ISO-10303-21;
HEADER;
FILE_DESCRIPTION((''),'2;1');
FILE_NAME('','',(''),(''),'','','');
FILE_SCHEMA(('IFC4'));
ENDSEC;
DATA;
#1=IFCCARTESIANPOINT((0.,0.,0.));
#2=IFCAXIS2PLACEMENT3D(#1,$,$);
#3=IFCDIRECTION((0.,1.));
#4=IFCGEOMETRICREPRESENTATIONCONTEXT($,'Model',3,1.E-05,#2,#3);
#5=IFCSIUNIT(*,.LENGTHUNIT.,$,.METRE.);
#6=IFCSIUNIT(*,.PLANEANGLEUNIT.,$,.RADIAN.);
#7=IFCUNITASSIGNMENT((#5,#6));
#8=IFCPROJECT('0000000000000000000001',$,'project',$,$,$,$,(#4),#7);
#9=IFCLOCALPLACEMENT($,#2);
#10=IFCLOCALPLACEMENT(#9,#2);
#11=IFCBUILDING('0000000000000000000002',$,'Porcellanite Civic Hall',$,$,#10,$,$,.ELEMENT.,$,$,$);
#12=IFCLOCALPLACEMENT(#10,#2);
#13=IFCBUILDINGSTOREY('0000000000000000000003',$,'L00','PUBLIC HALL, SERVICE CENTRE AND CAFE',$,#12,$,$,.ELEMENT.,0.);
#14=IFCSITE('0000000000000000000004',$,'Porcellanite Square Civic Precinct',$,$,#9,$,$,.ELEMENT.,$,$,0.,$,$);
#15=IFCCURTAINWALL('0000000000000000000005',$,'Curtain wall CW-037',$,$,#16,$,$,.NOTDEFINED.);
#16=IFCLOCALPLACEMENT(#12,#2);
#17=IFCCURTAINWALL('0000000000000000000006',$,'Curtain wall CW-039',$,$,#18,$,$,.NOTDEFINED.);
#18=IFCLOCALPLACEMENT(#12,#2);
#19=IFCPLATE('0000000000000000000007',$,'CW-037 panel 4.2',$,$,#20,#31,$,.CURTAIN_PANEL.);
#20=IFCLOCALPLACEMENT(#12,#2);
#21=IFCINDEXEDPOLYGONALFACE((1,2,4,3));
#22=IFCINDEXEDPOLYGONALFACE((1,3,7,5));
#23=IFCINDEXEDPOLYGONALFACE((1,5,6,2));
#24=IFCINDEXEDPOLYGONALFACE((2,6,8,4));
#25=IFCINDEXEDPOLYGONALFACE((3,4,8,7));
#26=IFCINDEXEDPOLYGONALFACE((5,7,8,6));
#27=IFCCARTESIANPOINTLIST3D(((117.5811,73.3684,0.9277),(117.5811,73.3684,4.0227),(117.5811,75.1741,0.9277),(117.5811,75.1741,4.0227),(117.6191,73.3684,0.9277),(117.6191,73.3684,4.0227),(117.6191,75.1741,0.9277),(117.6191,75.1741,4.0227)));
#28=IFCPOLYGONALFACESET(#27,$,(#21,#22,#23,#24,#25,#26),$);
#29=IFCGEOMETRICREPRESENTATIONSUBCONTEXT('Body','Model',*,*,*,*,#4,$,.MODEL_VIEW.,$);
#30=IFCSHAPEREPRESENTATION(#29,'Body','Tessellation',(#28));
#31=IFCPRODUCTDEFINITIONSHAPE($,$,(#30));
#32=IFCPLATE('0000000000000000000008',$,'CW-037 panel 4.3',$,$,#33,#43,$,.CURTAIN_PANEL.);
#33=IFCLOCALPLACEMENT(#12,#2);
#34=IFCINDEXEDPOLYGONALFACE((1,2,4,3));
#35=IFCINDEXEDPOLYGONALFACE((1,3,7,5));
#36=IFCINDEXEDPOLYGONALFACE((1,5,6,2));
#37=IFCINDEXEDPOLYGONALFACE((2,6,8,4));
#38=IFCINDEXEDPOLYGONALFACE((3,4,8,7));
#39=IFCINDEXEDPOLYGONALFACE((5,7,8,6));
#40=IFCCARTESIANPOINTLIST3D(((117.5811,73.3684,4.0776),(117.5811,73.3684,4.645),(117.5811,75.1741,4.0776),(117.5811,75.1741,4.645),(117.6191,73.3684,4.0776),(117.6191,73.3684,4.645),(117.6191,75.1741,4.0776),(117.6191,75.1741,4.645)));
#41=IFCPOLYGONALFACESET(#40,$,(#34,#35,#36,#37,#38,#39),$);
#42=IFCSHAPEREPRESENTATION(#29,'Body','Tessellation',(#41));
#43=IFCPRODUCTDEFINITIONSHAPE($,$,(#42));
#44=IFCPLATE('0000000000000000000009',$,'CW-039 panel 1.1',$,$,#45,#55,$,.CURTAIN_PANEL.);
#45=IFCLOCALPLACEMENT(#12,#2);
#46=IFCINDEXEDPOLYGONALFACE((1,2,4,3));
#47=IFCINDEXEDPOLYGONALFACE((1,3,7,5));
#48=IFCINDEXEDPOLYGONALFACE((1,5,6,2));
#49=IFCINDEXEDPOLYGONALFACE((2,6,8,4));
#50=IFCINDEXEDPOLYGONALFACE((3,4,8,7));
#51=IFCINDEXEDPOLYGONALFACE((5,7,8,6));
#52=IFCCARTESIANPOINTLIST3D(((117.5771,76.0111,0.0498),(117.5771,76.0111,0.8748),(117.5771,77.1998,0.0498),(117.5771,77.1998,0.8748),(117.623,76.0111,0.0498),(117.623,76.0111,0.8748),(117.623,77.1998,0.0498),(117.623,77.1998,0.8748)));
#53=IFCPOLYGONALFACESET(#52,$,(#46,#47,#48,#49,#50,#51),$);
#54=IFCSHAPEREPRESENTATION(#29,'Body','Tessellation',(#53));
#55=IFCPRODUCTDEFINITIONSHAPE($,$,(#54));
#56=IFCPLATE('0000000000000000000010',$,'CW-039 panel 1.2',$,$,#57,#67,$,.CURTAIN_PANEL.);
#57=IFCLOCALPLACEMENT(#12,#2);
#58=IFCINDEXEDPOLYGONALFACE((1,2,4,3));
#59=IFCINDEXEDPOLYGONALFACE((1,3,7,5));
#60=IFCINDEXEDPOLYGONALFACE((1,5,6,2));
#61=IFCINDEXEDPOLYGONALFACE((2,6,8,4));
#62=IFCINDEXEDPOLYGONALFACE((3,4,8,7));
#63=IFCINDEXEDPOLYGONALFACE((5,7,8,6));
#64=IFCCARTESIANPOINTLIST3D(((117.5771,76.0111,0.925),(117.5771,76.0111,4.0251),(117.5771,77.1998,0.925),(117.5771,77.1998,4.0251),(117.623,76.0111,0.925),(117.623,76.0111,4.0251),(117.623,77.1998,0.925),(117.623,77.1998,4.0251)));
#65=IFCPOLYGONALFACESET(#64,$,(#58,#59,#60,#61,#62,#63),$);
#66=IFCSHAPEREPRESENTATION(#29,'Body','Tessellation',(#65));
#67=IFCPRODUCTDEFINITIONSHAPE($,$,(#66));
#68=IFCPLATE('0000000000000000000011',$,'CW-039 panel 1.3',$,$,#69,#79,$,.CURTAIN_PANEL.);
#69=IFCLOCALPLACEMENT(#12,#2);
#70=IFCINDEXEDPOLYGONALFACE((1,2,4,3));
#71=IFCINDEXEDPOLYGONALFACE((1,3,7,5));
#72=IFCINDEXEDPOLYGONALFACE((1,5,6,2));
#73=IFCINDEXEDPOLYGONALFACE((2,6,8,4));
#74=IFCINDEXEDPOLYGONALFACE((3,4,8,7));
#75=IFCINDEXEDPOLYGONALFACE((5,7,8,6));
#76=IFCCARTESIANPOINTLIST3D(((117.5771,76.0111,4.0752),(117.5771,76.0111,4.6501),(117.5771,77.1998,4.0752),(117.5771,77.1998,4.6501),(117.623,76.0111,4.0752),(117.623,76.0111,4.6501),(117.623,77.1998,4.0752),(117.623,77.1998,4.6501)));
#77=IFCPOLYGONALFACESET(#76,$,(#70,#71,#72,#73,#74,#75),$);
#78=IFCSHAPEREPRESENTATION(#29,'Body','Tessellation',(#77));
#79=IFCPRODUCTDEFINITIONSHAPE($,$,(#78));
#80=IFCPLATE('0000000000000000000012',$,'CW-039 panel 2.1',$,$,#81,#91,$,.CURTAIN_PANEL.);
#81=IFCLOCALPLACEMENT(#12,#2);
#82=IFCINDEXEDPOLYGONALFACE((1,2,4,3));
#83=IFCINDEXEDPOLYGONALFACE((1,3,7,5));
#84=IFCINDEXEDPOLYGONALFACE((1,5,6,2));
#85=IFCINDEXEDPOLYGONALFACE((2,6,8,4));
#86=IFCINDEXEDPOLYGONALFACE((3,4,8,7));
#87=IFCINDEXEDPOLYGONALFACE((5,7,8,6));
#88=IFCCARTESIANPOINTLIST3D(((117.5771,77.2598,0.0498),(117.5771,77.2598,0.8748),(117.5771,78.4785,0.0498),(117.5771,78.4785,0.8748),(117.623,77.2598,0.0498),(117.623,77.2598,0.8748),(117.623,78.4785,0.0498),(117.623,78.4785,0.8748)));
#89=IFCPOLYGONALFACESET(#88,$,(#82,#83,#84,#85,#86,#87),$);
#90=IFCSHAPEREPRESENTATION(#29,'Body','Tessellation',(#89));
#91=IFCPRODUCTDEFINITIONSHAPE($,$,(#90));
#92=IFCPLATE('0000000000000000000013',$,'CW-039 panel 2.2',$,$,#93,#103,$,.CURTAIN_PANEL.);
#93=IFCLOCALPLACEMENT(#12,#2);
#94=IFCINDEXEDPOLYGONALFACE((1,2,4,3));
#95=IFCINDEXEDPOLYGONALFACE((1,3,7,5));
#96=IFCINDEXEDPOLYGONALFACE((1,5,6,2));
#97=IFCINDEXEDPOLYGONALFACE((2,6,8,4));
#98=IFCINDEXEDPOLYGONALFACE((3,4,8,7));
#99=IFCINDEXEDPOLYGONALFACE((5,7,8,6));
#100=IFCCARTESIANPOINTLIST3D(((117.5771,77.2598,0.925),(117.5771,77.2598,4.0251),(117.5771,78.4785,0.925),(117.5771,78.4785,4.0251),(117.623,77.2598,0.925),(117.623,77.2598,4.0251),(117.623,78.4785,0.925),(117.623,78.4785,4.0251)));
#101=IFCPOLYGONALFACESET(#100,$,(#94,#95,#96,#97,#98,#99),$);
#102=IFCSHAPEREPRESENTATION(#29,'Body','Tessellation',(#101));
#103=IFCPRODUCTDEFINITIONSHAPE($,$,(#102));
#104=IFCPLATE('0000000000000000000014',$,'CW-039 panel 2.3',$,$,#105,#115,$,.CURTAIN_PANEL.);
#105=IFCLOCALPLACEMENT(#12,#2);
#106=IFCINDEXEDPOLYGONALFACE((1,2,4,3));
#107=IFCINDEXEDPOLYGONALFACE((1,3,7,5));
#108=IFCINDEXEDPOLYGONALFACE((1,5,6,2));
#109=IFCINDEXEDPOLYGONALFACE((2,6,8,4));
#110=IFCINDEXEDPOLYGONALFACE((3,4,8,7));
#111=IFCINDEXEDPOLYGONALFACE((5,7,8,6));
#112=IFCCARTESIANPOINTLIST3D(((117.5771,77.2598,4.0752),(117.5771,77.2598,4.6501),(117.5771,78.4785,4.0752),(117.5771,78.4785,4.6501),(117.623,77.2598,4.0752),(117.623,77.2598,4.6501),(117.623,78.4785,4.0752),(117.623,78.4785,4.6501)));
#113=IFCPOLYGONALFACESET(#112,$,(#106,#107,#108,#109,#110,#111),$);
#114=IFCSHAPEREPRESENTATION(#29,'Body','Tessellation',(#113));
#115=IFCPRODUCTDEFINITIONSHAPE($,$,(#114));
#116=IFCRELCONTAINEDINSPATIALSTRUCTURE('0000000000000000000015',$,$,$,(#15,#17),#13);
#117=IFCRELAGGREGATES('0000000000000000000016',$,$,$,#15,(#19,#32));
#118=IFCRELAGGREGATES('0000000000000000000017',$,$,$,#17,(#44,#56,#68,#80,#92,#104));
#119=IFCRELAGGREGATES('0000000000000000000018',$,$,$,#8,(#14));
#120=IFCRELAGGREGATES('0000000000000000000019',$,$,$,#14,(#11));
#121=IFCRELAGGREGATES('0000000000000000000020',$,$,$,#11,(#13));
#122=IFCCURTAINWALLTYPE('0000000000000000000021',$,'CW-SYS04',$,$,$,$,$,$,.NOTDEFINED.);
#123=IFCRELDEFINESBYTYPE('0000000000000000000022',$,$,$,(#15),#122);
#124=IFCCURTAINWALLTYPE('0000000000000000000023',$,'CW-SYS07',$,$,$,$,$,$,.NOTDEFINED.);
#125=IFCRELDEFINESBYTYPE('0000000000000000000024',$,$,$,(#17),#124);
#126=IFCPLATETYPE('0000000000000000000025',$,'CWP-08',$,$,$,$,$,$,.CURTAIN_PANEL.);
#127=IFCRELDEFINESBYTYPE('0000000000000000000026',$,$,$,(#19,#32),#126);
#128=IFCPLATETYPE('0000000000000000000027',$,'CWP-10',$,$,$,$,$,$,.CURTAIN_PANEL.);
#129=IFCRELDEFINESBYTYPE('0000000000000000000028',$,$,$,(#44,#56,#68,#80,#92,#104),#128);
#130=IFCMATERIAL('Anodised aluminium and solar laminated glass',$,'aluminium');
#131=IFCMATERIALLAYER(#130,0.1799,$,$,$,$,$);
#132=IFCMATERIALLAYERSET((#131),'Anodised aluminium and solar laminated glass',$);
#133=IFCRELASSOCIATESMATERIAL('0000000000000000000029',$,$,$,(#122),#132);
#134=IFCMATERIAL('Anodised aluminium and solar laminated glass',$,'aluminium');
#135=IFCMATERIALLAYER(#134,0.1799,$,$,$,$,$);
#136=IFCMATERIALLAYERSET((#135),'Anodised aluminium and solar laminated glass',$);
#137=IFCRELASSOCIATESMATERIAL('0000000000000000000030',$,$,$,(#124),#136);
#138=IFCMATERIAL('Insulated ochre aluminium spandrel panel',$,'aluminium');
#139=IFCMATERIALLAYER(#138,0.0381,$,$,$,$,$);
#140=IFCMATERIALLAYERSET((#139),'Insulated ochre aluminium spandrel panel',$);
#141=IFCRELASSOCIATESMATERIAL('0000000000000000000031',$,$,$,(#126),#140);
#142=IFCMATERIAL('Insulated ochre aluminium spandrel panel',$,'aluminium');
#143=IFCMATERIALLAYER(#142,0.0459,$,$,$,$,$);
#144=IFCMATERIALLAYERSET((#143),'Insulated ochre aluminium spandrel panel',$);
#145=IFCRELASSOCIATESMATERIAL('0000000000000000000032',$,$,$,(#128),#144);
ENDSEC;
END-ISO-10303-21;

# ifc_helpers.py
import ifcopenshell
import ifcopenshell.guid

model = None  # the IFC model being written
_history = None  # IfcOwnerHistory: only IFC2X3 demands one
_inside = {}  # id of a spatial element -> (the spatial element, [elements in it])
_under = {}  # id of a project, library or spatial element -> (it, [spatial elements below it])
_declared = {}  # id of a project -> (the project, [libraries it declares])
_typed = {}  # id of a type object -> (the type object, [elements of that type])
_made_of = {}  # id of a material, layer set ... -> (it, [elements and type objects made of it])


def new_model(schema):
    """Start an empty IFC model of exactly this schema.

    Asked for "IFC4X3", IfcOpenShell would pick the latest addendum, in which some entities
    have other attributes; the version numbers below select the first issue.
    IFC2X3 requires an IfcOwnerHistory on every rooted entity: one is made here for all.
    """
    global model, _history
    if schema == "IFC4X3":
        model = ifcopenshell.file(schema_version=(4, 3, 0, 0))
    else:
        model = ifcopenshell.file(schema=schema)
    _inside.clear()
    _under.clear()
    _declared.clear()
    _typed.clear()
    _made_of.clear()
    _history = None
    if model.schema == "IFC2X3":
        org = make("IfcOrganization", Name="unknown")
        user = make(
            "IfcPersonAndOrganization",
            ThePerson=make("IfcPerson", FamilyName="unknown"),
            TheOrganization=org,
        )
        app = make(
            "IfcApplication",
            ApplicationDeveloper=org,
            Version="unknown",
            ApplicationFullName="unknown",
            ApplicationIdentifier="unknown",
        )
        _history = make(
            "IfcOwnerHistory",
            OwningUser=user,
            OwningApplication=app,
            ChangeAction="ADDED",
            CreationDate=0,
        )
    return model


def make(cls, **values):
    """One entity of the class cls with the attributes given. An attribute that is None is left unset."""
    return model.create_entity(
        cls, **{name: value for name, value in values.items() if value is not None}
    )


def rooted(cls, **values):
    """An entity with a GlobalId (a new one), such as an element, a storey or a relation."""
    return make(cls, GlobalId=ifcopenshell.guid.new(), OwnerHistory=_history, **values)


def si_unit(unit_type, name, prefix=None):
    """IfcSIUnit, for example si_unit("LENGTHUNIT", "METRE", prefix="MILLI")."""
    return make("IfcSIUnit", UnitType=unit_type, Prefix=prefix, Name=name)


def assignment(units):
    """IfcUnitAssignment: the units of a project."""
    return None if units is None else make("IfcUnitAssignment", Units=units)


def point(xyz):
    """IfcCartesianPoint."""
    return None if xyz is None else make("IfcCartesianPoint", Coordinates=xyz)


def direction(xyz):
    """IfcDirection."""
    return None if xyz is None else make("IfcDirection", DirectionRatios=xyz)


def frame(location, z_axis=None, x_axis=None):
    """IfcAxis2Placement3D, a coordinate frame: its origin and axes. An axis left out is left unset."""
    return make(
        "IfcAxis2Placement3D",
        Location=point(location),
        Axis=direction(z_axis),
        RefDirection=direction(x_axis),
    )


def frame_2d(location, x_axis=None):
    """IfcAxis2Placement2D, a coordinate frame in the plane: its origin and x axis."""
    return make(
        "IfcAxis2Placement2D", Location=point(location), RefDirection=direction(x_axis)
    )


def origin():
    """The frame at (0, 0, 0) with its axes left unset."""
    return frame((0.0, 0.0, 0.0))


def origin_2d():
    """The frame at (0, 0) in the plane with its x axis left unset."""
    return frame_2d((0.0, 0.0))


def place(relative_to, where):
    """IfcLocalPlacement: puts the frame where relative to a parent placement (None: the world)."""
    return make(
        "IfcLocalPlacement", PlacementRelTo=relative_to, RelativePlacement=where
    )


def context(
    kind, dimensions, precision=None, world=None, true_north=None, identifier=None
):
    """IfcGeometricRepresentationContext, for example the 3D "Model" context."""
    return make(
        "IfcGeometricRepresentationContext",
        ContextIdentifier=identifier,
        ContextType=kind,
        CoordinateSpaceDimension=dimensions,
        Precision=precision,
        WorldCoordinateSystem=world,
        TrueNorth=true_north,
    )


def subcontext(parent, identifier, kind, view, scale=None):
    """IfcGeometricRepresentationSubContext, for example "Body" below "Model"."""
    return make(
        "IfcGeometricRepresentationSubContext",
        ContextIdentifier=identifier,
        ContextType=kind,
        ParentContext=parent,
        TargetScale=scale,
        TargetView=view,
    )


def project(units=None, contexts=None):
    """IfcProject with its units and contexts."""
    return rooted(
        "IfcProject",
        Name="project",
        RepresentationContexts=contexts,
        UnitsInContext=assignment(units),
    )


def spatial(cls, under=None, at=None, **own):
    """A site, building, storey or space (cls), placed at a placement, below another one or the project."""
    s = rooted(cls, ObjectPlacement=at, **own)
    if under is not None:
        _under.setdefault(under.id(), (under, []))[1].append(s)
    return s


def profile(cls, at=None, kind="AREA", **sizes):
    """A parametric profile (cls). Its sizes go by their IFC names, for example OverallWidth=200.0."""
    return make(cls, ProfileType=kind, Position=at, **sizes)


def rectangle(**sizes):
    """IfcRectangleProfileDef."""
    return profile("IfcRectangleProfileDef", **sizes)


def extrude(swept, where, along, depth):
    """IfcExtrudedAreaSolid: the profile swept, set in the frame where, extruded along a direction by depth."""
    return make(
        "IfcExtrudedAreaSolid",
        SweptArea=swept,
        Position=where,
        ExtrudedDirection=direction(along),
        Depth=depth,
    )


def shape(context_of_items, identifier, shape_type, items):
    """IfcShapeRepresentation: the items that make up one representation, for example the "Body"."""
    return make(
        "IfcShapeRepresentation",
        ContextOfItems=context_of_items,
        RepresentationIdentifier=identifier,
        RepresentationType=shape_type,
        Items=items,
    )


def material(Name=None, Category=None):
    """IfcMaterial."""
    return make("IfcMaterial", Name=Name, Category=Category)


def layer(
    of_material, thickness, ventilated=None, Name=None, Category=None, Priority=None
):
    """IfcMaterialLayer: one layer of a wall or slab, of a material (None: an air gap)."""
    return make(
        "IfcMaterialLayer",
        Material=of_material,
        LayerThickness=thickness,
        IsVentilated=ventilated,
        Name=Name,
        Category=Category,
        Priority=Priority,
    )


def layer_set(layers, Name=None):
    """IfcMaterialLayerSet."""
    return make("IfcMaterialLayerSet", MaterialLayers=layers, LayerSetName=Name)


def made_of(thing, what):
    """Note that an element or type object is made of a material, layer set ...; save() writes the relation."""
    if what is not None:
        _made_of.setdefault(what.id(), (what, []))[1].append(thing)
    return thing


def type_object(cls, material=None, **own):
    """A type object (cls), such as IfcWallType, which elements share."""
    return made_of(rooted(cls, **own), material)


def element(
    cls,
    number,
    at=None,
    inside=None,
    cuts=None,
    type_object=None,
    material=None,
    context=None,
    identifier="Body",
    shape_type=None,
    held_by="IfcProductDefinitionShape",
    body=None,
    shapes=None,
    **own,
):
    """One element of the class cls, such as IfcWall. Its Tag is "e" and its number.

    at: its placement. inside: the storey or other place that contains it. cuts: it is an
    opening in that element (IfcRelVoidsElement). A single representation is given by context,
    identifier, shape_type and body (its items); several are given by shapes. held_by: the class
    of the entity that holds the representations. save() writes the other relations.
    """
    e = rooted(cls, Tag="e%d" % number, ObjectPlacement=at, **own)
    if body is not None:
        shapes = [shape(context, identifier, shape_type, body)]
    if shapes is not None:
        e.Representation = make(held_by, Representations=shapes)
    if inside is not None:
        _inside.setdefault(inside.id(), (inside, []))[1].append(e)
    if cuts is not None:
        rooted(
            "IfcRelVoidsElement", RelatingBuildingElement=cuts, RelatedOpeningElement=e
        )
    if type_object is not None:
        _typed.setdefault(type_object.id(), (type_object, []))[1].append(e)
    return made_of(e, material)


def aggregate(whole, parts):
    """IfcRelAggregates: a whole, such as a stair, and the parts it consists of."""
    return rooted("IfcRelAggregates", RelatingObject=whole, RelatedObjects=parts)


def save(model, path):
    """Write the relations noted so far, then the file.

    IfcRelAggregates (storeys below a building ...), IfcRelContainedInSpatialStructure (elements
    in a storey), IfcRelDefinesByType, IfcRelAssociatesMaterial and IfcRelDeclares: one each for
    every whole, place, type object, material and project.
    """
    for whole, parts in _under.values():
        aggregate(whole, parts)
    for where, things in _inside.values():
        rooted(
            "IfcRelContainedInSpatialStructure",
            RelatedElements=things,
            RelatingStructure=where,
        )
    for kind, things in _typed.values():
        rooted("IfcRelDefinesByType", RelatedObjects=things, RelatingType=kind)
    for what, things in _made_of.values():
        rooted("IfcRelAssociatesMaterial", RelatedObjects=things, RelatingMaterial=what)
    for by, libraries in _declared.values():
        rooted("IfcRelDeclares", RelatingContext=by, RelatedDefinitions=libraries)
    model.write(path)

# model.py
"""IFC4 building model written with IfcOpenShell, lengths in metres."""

from ifc_helpers import new_model, si_unit, direction, frame, origin, origin_2d, place, context, subcontext, project, spatial, rectangle, extrude, material, layer, layer_set, type_object, element, aggregate, save


model = new_model("IFC4")

# Units and contexts
model_context = context("Model", 3, precision=1e-05, world=origin(), true_north=direction((0.0, 1.0)))
body_context = subcontext(model_context, "Body", "Model", "MODEL_VIEW")
ifc_project = project(units=[si_unit("LENGTHUNIT", "METRE"), si_unit("PLANEANGLEUNIT", "RADIAN")], contexts=[model_context])

# Site, building, storey
site_placement = place(None, origin())
site = spatial("IfcSite", under=ifc_project, at=site_placement, Name="Porcellanite Square Civic Precinct", CompositionType="ELEMENT", RefElevation=0.0)
building_placement = place(site_placement, origin())
building = spatial("IfcBuilding", under=site, at=building_placement, Name="Porcellanite Civic Hall", CompositionType="ELEMENT")
storey_placement = place(building_placement, origin())
storey = spatial("IfcBuildingStorey", under=building, at=storey_placement, Name="L00", Description="PUBLIC HALL, SERVICE CENTRE AND CAFE", CompositionType="ELEMENT", Elevation=0.0)

# Curtain wall
ifc_material_1 = material(Name="Anodised aluminium and solar laminated glass", Category="aluminium")
ifc_layer_1 = layer(ifc_material_1, 0.1799)
ifc_layer_set_1 = layer_set([ifc_layer_1], Name="Anodised aluminium and solar laminated glass")
curtain_wall_type_1 = type_object("IfcCurtainWallType", Name="CW-SYS04", PredefinedType="NOTDEFINED", material=ifc_layer_set_1)
curtain_wall_1_placement = place(storey_placement, origin())
curtain_wall_1 = element("IfcCurtainWall", 1, at=curtain_wall_1_placement, inside=storey, type_object=curtain_wall_type_1, Name="Curtain wall CW-037", PredefinedType="NOTDEFINED")

# Curtain wall
ifc_material_2 = material(Name="Anodised aluminium and solar laminated glass", Category="aluminium")
ifc_layer_2 = layer(ifc_material_2, 0.1799)
ifc_layer_set_2 = layer_set([ifc_layer_2], Name="Anodised aluminium and solar laminated glass")
curtain_wall_type_2 = type_object("IfcCurtainWallType", Name="CW-SYS07", PredefinedType="NOTDEFINED", material=ifc_layer_set_2)
curtain_wall_2_placement = place(storey_placement, origin())
curtain_wall_2 = element("IfcCurtainWall", 2, at=curtain_wall_2_placement, inside=storey, type_object=curtain_wall_type_2, Name="Curtain wall CW-039", PredefinedType="NOTDEFINED")

# Plates
ifc_material_3 = material(Name="Insulated ochre aluminium spandrel panel", Category="aluminium")
ifc_layer_3 = layer(ifc_material_3, 0.0381)
ifc_layer_set_3 = layer_set([ifc_layer_3], Name="Insulated ochre aluminium spandrel panel")
plate_type_1 = type_object("IfcPlateType", Name="CWP-08", PredefinedType="CURTAIN_PANEL", material=ifc_layer_set_3)
plate_1_placement = place(storey_placement, frame((117.6001, 74.2712, 0.9277), z_axis=(0.0, 0.0, 1.0), x_axis=(0.0, 1.0, 0.0)))
plate_1 = element("IfcPlate", 3, at=plate_1_placement, type_object=plate_type_1, Name="CW-037 panel 4.2", PredefinedType="CURTAIN_PANEL", context=body_context, shape_type="SweptSolid", body=[
    extrude(rectangle(XDim=1.8057, YDim=0.0381, at=origin_2d()), origin(), (0.0, 0.0, 1.0), 3.095),
])
plate_2_placement = place(storey_placement, frame((117.6001, 74.2712, 4.0776), z_axis=(0.0, 0.0, 1.0), x_axis=(0.0, 1.0, 0.0)))
plate_2 = element("IfcPlate", 4, at=plate_2_placement, type_object=plate_type_1, Name="CW-037 panel 4.3", PredefinedType="CURTAIN_PANEL", context=body_context, shape_type="SweptSolid", body=[
    extrude(rectangle(XDim=1.8057, YDim=0.0381, at=origin_2d()), origin(), (0.0, 0.0, 1.0), 0.5674),
])
aggregate(curtain_wall_1, [plate_1, plate_2])
ifc_material_4 = material(Name="Insulated ochre aluminium spandrel panel", Category="aluminium")
ifc_layer_4 = layer(ifc_material_4, 0.0459)
ifc_layer_set_4 = layer_set([ifc_layer_4], Name="Insulated ochre aluminium spandrel panel")
plate_type_2 = type_object("IfcPlateType", Name="CWP-10", PredefinedType="CURTAIN_PANEL", material=ifc_layer_set_4)
plate_3_placement = place(storey_placement, frame((117.6001, 76.6055, 0.0498), z_axis=(0.0, 0.0, 1.0), x_axis=(0.0, 1.0, 0.0)))
plate_3 = element("IfcPlate", 5, at=plate_3_placement, type_object=plate_type_2, Name="CW-039 panel 1.1", PredefinedType="CURTAIN_PANEL", context=body_context, shape_type="SweptSolid", body=[
    extrude(rectangle(XDim=1.1887, YDim=0.0459, at=origin_2d()), origin(), (0.0, 0.0, 1.0), 0.825),
])
plate_4_placement = place(storey_placement, frame((117.6001, 76.6055, 0.925), z_axis=(0.0, 0.0, 1.0), x_axis=(0.0, 1.0, 0.0)))
plate_4 = element("IfcPlate", 6, at=plate_4_placement, type_object=plate_type_2, Name="CW-039 panel 1.2", PredefinedType="CURTAIN_PANEL", context=body_context, shape_type="SweptSolid", body=[
    extrude(rectangle(XDim=1.1887, YDim=0.0459, at=origin_2d()), origin(), (0.0, 0.0, 1.0), 3.1001),
])
plate_5_placement = place(storey_placement, frame((117.6001, 76.6055, 4.0752), z_axis=(0.0, 0.0, 1.0), x_axis=(0.0, 1.0, 0.0)))
plate_5 = element("IfcPlate", 7, at=plate_5_placement, type_object=plate_type_2, Name="CW-039 panel 1.3", PredefinedType="CURTAIN_PANEL", context=body_context, shape_type="SweptSolid", body=[
    extrude(rectangle(XDim=1.1887, YDim=0.0459, at=origin_2d()), origin(), (0.0, 0.0, 1.0), 0.575),
])
plate_6_placement = place(storey_placement, frame((117.6001, 77.8691, 0.0498), z_axis=(0.0, 0.0, 1.0), x_axis=(0.0, 1.0, 0.0)))
plate_6 = element("IfcPlate", 8, at=plate_6_placement, type_object=plate_type_2, Name="CW-039 panel 2.1", PredefinedType="CURTAIN_PANEL", context=body_context, shape_type="SweptSolid", body=[
    extrude(rectangle(XDim=1.2188, YDim=0.0459, at=origin_2d()), origin(), (0.0, 0.0, 1.0), 0.825),
])
plate_7_placement = place(storey_placement, frame((117.6001, 77.8691, 0.925), z_axis=(0.0, 0.0, 1.0), x_axis=(0.0, 1.0, 0.0)))
plate_7 = element("IfcPlate", 9, at=plate_7_placement, type_object=plate_type_2, Name="CW-039 panel 2.2", PredefinedType="CURTAIN_PANEL", context=body_context, shape_type="SweptSolid", body=[
    extrude(rectangle(XDim=1.2188, YDim=0.0459, at=origin_2d()), origin(), (0.0, 0.0, 1.0), 3.1001),
])
plate_8_placement = place(storey_placement, frame((117.6001, 77.8691, 4.0752), z_axis=(0.0, 0.0, 1.0), x_axis=(0.0, 1.0, 0.0)))
plate_8 = element("IfcPlate", 10, at=plate_8_placement, type_object=plate_type_2, Name="CW-039 panel 2.3", PredefinedType="CURTAIN_PANEL", context=body_context, shape_type="SweptSolid", body=[
    extrude(rectangle(XDim=1.2188, YDim=0.0459, at=origin_2d()), origin(), (0.0, 0.0, 1.0), 0.575),
])
aggregate(curtain_wall_2, [plate_3, plate_4, plate_5, plate_6, plate_7, plate_8])

save(model, "model.ifc")
